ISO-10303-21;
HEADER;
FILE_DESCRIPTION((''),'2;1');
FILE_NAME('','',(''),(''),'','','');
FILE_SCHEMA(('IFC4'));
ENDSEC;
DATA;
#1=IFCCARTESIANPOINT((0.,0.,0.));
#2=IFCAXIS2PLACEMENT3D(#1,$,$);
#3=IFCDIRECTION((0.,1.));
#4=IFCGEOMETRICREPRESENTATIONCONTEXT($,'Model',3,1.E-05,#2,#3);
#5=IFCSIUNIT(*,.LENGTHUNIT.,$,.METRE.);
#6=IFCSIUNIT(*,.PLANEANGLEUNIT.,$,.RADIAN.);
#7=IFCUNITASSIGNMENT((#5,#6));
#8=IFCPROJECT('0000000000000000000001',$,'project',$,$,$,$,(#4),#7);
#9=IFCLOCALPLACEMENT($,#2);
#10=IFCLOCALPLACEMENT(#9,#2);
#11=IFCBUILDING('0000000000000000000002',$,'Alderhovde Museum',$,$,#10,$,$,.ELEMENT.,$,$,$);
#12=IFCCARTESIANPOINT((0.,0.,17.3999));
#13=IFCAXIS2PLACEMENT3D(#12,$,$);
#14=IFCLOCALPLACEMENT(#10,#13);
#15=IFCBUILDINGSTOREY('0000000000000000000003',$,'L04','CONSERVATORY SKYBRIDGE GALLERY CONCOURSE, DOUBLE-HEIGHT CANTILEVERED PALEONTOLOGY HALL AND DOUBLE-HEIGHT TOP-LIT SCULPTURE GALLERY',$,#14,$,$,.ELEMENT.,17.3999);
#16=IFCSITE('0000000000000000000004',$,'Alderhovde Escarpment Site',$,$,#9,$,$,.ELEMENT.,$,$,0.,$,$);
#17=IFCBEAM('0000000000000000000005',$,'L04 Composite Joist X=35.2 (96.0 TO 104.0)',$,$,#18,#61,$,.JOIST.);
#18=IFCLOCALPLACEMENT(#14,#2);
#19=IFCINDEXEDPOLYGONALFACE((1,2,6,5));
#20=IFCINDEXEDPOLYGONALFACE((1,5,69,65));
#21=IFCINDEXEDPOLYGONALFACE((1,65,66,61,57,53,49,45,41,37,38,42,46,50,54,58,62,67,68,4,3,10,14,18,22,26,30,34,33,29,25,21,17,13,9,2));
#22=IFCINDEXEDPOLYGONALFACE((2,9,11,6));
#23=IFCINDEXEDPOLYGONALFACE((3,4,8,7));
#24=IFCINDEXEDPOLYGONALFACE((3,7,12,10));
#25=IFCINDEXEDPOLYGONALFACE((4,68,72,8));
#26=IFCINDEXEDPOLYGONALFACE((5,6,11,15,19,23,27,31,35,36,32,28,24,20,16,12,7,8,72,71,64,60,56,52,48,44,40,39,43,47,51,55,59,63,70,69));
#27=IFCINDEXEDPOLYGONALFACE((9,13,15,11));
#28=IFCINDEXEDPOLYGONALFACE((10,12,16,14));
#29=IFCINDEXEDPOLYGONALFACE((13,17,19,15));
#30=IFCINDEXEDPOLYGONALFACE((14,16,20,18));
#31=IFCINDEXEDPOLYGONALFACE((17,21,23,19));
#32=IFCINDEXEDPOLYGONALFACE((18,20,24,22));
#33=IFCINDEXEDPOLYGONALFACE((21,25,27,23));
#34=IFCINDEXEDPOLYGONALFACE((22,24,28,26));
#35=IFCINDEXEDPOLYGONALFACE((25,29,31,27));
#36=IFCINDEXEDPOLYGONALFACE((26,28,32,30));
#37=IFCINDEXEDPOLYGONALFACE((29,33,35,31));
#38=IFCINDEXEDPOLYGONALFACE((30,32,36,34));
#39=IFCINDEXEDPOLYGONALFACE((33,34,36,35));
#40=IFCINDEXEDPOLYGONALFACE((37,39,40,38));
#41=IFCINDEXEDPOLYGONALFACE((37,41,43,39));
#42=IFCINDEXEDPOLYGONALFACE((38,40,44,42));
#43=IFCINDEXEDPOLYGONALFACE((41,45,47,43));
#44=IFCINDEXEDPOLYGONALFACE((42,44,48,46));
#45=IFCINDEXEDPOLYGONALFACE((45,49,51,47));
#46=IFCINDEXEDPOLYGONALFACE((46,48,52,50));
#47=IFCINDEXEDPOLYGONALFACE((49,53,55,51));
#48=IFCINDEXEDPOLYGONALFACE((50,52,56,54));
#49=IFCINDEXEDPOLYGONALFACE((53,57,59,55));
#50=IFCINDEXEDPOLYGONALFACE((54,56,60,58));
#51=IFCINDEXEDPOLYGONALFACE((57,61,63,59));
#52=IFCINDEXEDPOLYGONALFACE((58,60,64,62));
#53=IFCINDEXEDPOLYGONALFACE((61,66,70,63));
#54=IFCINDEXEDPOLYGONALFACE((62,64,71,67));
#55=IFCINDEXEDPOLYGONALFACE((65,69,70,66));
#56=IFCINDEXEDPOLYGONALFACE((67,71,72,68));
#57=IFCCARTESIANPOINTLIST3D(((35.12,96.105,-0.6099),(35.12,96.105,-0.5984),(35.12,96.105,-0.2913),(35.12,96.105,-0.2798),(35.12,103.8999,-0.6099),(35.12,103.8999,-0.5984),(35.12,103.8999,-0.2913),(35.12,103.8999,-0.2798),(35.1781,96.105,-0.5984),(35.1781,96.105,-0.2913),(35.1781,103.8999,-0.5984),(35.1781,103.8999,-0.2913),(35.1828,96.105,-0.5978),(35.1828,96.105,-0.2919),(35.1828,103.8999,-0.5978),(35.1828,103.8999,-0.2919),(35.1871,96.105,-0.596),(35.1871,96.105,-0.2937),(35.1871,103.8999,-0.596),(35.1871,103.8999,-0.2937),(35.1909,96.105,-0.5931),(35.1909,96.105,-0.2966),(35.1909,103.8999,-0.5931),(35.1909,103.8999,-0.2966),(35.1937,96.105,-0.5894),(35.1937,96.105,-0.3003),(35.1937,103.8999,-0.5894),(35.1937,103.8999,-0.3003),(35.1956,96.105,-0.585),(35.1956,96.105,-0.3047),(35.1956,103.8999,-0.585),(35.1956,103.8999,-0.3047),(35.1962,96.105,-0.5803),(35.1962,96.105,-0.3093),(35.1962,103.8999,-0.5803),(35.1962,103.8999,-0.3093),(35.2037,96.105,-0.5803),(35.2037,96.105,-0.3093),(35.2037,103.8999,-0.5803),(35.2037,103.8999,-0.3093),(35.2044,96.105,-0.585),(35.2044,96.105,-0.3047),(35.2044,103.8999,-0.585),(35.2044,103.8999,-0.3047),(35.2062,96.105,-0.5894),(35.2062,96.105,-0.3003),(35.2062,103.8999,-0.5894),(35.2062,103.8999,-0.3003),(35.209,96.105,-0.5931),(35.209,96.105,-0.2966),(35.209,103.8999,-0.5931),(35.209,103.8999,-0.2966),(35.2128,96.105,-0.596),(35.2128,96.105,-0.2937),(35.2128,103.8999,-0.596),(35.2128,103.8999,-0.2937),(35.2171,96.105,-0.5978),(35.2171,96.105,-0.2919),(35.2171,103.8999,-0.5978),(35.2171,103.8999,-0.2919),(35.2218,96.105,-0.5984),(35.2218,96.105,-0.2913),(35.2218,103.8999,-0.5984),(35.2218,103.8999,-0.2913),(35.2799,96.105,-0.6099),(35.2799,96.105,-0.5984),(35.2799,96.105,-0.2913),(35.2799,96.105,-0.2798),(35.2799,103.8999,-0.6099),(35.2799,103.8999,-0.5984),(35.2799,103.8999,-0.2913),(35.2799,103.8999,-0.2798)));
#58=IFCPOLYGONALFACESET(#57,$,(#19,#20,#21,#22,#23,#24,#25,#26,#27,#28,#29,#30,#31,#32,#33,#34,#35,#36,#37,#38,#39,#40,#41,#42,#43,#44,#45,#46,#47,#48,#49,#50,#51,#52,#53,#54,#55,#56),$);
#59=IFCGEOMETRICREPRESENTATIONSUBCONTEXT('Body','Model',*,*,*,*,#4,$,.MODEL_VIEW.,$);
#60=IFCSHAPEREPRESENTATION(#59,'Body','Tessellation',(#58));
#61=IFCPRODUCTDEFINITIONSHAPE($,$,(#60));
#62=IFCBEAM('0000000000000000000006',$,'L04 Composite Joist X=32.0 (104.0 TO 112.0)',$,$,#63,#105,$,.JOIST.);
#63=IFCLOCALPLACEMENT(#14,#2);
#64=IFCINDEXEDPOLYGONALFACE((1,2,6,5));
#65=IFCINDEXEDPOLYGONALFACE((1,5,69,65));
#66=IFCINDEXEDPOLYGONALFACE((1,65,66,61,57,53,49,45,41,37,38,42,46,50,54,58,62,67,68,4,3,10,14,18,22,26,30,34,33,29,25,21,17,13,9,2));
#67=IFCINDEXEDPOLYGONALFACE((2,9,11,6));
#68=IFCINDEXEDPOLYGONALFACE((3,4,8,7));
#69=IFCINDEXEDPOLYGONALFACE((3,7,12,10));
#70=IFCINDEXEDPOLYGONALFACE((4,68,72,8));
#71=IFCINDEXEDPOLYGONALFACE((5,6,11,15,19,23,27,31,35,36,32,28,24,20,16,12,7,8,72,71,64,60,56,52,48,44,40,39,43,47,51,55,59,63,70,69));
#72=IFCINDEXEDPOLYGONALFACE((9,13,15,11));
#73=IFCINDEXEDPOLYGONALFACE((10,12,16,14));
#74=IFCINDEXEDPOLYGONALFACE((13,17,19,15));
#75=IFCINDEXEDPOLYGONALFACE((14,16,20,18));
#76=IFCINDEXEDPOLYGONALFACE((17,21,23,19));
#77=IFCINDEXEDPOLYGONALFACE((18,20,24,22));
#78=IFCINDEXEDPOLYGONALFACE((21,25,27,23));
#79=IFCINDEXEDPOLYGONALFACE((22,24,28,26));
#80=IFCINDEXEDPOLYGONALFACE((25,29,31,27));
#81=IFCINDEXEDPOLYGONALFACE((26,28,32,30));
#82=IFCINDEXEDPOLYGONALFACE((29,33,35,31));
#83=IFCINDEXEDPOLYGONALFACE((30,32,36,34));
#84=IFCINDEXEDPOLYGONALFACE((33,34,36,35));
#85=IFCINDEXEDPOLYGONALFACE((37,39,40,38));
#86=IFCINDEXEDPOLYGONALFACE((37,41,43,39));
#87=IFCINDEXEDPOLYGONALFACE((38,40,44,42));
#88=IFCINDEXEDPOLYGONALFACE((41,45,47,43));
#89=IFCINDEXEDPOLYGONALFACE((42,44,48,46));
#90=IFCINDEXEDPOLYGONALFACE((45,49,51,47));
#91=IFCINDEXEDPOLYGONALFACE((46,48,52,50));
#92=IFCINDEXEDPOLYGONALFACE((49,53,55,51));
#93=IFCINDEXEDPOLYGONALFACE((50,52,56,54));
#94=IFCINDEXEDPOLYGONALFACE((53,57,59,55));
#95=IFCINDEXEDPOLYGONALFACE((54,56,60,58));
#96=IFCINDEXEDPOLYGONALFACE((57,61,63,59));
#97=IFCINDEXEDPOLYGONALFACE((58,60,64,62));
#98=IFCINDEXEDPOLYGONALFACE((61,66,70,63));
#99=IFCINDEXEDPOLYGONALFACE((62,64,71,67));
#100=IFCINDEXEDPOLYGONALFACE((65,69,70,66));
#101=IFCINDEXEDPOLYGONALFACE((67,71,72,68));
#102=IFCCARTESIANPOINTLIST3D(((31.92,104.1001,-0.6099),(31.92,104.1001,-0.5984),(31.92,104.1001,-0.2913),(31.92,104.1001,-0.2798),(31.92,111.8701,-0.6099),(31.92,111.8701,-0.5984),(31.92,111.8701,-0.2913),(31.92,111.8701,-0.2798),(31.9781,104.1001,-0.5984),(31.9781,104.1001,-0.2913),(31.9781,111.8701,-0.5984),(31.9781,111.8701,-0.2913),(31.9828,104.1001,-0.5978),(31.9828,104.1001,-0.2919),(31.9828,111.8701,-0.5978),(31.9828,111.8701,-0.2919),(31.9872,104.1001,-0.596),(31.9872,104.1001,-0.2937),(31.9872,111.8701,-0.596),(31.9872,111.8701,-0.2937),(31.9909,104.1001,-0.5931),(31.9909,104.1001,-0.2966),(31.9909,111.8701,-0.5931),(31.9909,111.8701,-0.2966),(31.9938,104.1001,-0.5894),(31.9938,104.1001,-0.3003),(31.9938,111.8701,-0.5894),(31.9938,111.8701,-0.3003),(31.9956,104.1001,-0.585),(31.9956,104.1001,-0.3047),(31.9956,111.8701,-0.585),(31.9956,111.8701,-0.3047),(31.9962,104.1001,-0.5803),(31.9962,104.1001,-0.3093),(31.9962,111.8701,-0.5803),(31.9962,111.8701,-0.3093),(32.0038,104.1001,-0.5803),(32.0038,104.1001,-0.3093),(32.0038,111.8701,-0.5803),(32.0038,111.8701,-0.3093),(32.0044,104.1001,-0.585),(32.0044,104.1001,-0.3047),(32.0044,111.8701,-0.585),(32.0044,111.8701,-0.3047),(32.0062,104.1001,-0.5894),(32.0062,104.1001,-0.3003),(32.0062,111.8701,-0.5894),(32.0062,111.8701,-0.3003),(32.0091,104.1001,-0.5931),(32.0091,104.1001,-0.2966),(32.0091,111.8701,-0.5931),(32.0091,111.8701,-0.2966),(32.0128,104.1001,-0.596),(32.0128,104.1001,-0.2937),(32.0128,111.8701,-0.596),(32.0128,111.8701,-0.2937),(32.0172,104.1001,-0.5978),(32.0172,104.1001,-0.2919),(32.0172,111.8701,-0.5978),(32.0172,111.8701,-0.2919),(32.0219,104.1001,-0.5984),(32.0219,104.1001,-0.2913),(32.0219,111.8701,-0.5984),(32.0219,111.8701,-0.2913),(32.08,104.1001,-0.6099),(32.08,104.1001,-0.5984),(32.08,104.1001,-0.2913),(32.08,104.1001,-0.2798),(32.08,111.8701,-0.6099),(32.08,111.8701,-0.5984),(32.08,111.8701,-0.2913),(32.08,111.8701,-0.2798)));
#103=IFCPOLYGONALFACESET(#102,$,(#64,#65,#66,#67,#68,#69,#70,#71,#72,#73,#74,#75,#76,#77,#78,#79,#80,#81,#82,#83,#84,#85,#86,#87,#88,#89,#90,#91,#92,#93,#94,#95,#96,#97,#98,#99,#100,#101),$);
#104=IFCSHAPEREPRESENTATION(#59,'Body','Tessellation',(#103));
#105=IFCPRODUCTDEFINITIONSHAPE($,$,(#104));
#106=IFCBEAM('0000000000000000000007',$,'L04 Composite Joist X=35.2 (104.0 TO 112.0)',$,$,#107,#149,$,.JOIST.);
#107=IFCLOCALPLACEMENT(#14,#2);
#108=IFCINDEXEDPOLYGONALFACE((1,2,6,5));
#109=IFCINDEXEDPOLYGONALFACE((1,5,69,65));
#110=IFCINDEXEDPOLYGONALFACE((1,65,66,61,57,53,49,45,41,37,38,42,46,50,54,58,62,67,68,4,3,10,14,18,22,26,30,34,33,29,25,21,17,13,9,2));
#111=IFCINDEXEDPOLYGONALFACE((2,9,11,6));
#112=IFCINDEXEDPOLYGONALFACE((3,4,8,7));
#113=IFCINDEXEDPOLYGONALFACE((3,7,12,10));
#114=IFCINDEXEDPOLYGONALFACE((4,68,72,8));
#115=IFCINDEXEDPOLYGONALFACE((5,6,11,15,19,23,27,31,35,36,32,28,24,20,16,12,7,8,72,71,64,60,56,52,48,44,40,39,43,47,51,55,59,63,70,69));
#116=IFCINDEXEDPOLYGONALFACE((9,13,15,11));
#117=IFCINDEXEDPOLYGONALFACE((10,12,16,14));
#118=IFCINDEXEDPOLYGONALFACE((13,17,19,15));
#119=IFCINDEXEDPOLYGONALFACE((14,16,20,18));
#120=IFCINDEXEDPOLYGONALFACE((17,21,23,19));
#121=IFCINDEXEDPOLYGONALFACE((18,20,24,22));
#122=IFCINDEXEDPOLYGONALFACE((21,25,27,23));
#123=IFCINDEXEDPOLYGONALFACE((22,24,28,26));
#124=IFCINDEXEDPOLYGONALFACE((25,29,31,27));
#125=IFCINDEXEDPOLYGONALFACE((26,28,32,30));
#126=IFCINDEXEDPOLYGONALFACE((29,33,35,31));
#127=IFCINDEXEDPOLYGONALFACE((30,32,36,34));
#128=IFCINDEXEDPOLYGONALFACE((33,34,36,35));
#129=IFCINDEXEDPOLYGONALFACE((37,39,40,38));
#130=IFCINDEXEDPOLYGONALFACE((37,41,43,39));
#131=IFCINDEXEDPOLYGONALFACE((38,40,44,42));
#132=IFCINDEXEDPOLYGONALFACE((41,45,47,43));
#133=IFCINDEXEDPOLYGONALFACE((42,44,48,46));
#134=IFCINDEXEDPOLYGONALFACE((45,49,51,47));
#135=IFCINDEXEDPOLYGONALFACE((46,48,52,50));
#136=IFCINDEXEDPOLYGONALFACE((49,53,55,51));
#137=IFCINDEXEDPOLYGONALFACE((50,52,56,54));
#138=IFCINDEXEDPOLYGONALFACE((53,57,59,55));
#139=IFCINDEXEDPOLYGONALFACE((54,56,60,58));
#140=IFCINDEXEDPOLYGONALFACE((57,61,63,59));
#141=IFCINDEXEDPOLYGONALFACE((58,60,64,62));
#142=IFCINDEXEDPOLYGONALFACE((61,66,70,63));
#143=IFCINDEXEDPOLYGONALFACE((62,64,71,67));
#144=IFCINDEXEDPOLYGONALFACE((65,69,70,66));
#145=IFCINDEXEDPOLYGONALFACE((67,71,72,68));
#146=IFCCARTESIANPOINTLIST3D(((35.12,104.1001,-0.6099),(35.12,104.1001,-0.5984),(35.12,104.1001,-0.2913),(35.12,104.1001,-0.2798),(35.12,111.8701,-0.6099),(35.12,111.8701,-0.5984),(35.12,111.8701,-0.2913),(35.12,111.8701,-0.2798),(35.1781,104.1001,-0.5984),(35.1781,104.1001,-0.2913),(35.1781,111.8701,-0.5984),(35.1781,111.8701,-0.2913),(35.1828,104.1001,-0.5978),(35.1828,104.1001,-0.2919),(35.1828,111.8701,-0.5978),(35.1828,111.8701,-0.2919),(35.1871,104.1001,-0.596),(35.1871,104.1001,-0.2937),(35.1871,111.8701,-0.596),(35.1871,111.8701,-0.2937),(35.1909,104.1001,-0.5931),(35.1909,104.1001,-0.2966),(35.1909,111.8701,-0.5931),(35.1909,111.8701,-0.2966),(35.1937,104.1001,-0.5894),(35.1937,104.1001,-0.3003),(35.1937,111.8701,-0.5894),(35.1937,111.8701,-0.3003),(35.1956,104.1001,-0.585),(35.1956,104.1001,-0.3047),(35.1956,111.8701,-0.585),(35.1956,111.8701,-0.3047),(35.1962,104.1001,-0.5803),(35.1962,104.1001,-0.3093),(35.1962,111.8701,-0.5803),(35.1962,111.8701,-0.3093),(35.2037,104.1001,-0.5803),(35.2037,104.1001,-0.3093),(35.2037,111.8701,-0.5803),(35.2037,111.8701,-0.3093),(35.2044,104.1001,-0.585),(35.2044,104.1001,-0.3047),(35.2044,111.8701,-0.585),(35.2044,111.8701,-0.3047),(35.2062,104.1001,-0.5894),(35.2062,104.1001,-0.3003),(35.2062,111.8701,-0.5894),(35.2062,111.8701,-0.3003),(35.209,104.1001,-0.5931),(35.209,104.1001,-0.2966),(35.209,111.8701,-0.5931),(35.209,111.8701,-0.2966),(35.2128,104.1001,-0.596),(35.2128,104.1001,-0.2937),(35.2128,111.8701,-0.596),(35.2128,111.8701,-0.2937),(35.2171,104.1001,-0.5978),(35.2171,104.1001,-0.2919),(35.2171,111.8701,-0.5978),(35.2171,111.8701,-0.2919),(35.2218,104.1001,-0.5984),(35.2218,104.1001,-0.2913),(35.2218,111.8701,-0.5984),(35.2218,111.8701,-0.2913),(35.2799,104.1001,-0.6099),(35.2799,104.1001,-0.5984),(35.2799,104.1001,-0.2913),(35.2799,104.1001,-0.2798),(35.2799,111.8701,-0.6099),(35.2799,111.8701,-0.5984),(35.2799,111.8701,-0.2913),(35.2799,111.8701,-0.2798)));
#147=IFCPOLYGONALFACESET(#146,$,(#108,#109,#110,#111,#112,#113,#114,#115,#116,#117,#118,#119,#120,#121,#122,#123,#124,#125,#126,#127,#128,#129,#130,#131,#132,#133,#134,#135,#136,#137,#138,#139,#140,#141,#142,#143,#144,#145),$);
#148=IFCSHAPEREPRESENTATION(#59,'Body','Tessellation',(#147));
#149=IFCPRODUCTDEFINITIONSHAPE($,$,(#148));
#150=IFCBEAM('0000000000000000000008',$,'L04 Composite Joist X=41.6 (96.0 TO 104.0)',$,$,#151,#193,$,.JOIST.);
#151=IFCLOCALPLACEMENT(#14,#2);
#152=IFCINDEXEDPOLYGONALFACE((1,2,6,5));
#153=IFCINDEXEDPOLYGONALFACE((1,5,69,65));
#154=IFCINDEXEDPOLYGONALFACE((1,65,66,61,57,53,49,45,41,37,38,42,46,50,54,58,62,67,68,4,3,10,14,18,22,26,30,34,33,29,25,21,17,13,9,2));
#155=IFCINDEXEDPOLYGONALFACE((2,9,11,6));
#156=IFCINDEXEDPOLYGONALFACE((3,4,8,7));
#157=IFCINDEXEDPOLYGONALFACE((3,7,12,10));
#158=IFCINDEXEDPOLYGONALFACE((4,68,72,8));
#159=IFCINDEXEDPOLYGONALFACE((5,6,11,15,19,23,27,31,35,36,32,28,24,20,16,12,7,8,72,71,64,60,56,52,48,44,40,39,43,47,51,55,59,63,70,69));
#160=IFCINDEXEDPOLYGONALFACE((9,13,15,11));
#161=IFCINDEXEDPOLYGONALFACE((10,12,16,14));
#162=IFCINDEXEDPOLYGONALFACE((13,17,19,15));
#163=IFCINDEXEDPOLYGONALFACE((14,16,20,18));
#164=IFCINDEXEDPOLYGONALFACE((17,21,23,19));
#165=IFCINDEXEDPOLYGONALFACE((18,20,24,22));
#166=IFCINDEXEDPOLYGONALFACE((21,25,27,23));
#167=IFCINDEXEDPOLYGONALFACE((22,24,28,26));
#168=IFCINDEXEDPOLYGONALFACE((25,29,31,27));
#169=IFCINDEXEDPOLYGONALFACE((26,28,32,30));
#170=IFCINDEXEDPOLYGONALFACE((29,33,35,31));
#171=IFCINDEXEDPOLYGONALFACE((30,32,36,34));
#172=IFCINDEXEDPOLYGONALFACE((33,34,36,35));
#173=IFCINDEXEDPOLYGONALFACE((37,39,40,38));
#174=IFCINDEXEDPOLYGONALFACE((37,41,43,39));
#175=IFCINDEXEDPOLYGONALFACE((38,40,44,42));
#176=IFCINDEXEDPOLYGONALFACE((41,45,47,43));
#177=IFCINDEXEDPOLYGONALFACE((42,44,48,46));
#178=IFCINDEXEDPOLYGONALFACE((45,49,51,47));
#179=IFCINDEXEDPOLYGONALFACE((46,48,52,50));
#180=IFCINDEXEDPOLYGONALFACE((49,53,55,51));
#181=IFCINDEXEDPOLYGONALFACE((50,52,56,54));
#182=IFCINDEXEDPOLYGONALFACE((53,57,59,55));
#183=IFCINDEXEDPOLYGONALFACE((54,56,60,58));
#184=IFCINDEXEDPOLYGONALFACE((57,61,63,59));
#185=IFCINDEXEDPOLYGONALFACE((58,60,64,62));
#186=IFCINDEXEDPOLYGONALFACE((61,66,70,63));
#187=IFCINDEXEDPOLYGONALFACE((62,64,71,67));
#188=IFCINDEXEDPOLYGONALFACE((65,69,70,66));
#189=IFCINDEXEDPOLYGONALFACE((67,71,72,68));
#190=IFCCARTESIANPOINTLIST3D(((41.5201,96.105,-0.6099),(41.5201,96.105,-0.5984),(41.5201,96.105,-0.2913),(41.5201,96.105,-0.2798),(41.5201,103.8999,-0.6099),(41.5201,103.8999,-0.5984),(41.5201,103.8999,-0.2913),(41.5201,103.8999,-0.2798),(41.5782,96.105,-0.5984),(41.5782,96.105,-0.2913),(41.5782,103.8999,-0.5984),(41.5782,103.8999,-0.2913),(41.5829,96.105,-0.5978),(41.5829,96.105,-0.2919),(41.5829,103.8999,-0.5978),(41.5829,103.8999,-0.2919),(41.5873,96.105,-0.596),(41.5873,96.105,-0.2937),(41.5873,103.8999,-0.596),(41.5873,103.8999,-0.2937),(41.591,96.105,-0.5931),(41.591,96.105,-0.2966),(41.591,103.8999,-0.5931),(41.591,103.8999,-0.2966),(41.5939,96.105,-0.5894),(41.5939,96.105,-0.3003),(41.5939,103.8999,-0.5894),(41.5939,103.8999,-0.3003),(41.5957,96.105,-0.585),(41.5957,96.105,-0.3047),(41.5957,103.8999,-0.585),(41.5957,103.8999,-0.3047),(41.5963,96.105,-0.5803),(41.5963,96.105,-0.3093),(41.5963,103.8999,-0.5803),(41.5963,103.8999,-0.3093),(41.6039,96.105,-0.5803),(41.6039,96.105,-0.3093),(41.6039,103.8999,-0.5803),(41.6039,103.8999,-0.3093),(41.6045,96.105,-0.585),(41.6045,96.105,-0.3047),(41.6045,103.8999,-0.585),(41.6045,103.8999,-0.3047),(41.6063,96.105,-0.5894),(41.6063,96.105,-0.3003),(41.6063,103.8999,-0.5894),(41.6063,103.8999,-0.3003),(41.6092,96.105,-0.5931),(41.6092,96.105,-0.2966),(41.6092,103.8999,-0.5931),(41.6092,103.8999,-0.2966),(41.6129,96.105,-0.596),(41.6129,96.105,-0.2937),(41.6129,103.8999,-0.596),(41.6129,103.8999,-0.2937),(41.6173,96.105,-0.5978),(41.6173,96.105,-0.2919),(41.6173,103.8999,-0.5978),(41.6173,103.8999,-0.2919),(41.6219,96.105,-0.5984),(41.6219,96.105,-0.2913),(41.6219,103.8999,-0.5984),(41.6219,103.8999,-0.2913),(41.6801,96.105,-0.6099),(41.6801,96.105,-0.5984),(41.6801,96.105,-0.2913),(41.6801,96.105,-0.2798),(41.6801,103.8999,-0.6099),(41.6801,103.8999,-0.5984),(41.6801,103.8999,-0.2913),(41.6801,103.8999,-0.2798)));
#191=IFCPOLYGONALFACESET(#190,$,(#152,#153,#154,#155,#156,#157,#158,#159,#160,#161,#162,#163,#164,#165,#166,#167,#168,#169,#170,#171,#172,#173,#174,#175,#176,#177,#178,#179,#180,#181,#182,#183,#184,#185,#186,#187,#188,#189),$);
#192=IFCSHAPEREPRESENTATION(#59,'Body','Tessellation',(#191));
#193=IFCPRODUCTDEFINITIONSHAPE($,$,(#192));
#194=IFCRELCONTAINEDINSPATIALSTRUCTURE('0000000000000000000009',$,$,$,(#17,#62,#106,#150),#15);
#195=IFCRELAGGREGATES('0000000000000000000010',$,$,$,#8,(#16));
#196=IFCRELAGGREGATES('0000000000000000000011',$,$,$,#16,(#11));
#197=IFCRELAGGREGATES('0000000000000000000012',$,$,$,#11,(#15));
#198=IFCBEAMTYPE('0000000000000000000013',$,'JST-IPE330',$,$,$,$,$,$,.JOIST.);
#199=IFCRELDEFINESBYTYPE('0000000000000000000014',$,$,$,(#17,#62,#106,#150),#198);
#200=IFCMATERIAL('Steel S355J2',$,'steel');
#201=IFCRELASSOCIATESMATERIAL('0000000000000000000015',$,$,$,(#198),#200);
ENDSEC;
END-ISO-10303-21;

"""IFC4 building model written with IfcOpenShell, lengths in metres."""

from ifc_helpers import new_model, si_unit, direction, frame, origin, origin_2d, place, context, subcontext, project, spatial, i_section, extrude, material, material_profile, profile_set, type_object, element, save


model = new_model("IFC4")

# Units and contexts
model_context = context("Model", 3, precision=1e-05, world=origin(), true_north=direction((0.0, 1.0)))
body_context = subcontext(model_context, "Body", "Model", "MODEL_VIEW")
ifc_project = project(units=[si_unit("LENGTHUNIT", "METRE"), si_unit("PLANEANGLEUNIT", "RADIAN")], contexts=[model_context])

# Site, building, storey
site_placement = place(None, origin())
site = spatial("IfcSite", under=ifc_project, at=site_placement, Name="Alderhovde Escarpment Site", CompositionType="ELEMENT", RefElevation=0.0)
building_placement = place(site_placement, origin())
building = spatial("IfcBuilding", under=site, at=building_placement, Name="Alderhovde Museum", CompositionType="ELEMENT")
storey_placement = place(building_placement, frame((0.0, 0.0, 17.3999)))
storey = spatial("IfcBuildingStorey", under=building, at=storey_placement, Name="L04", Description="CONSERVATORY SKYBRIDGE GALLERY CONCOURSE, DOUBLE-HEIGHT CANTILEVERED PALEONTOLOGY HALL AND DOUBLE-HEIGHT TOP-LIT SCULPTURE GALLERY", CompositionType="ELEMENT", Elevation=17.3999)

# Beams
ifc_material_1 = material(Name="Steel S355J2", Category="steel")
ifc_material_profile_1 = material_profile(ifc_material_1, i_section(OverallWidth=0.1599, OverallDepth=0.3301, WebThickness=0.0076, FlangeThickness=0.0115, FilletRadius=0.0181, at=origin_2d()), Name="IPE 330")
ifc_profile_set_1 = profile_set([ifc_material_profile_1], Name="Steel S355J2")
beam_type_1 = type_object("IfcBeamType", Name="JST-IPE330", PredefinedType="JOIST", material=ifc_profile_set_1)
beam_1_placement = place(storey_placement, frame((35.2, 96.105, -0.4448), z_axis=(0.0, 1.0, 0.0), x_axis=(-1.0, 0.0, 0.0)))
element("IfcBeam", 1, at=beam_1_placement, inside=storey, type_object=beam_type_1, Name="L04 Composite Joist X=35.2 (96.0 TO 104.0)", PredefinedType="JOIST", context=body_context, shape_type="SweptSolid", body=[
    extrude(i_section(OverallWidth=0.1599, OverallDepth=0.3301, WebThickness=0.0076, FlangeThickness=0.0115, FilletRadius=0.0181, at=origin_2d()), origin(), (0.0, 0.0, 1.0), 7.7949),
])
for number, where, z_axis, x_axis, name in (
    (2, (32.0, 104.1001, -0.4448), (0.0, 1.0, 0.0), (-1.0, 0.0, 0.0), "L04 Composite Joist X=32.0 (104.0 TO 112.0)"),
    (3, (35.2, 104.1001, -0.4448), (0.0, 1.0, 0.0), (-1.0, 0.0, 0.0), "L04 Composite Joist X=35.2 (104.0 TO 112.0)"),
):
    element("IfcBeam", number, at=place(storey_placement, frame(where, z_axis=z_axis, x_axis=x_axis)), inside=storey, type_object=beam_type_1, Name=name, PredefinedType="JOIST", context=body_context, shape_type="SweptSolid", body=[
        extrude(i_section(OverallWidth=0.1599, OverallDepth=0.3301, WebThickness=0.0076, FlangeThickness=0.0115, FilletRadius=0.0181, at=origin_2d()), origin(), (0.0, 0.0, 1.0), 7.77),
    ])
for number, where, z_axis, x_axis, name in (
    (4, (41.6001, 96.105, -0.4448), (0.0, 1.0, 0.0), (-1.0, 0.0, 0.0), "L04 Composite Joist X=41.6 (96.0 TO 104.0)"),
):
    element("IfcBeam", number, at=place(storey_placement, frame(where, z_axis=z_axis, x_axis=x_axis)), inside=storey, type_object=beam_type_1, Name=name, PredefinedType="JOIST", context=body_context, shape_type="SweptSolid", body=[
        extrude(i_section(OverallWidth=0.1599, OverallDepth=0.3301, WebThickness=0.0076, FlangeThickness=0.0115, FilletRadius=0.0181, at=origin_2d()), origin(), (0.0, 0.0, 1.0), 7.7949),
    ])

save(model, "model.ifc")
